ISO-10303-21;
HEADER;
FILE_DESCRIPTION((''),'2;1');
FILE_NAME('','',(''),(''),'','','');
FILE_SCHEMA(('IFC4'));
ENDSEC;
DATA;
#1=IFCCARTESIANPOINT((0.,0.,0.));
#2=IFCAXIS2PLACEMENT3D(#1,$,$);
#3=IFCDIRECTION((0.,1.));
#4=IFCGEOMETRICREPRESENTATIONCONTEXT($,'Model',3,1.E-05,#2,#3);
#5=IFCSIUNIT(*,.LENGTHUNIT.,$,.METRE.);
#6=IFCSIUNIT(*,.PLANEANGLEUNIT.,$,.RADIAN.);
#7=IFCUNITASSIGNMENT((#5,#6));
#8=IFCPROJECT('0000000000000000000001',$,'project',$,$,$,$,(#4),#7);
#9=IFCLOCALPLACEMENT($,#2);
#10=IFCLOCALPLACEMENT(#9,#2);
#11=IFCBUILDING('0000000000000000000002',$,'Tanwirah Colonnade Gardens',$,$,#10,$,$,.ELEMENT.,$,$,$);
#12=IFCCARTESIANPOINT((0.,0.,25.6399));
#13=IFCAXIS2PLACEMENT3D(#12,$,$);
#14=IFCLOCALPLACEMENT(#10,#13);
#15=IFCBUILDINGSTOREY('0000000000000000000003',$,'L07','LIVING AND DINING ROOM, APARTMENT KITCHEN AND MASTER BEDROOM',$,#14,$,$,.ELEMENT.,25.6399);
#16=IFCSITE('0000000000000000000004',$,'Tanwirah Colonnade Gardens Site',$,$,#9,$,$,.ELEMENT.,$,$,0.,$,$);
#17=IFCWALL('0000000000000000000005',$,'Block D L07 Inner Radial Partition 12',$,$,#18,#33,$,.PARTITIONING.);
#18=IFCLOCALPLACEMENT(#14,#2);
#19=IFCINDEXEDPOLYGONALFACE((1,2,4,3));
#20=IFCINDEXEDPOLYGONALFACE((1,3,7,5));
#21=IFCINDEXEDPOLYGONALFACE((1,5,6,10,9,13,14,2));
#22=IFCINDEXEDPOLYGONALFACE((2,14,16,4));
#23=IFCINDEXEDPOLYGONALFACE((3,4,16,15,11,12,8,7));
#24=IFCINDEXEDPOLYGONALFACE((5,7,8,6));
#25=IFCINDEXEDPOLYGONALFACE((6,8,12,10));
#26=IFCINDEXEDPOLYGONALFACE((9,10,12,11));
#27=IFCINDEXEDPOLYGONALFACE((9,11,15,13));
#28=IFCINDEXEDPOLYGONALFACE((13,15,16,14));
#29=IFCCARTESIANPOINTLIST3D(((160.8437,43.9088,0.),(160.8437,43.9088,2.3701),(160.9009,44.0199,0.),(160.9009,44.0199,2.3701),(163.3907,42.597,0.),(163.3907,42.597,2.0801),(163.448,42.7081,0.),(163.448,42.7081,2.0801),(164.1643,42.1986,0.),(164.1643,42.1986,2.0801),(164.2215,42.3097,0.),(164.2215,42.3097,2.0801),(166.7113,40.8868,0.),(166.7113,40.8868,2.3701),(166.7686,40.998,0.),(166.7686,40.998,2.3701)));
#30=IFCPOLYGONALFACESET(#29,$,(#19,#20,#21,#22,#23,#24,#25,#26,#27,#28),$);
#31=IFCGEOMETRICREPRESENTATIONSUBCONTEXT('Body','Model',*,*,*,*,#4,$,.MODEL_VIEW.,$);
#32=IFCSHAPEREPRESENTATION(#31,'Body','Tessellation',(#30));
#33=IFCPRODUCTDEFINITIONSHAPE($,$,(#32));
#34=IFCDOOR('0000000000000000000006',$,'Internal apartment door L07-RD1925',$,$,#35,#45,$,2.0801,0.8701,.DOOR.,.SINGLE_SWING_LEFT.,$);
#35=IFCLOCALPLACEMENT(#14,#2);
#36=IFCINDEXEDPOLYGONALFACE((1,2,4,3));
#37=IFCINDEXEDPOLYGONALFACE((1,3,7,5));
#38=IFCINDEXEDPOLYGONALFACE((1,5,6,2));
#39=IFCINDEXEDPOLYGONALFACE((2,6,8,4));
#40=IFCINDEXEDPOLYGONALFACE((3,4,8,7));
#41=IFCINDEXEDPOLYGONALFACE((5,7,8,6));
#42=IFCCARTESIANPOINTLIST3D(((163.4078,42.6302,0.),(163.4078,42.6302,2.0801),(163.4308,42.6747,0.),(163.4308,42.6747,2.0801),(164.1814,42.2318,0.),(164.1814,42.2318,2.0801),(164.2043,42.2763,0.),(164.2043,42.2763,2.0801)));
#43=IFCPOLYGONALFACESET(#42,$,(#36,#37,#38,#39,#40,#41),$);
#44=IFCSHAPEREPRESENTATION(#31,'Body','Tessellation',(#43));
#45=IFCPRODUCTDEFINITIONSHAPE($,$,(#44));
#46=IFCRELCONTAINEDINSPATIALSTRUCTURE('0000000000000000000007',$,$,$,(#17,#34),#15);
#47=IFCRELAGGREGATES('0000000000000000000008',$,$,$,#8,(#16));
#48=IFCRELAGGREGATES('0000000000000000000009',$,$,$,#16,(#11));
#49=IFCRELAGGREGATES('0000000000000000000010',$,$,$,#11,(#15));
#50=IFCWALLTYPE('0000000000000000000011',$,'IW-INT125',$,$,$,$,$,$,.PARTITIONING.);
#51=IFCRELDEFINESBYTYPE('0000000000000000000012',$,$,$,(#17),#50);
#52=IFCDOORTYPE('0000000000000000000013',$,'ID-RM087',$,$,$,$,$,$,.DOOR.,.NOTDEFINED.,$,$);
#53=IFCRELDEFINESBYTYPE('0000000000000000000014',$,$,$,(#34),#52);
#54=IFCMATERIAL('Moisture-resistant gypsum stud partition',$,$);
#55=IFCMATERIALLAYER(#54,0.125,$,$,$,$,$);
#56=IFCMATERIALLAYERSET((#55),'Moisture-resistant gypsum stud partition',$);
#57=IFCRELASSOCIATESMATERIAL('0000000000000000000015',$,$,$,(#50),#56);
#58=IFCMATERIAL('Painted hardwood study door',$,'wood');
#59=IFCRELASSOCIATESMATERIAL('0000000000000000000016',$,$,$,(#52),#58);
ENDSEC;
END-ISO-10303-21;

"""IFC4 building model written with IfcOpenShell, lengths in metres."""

from ifc_helpers import new_model, si_unit, direction, frame, frame_2d, origin, place, context, subcontext, project, spatial, rectangle, extrude, material, layer, layer_set, type_object, element, fill, save


model = new_model("IFC4")

# Units and contexts
model_context = context("Model", 3, precision=1e-05, world=origin(), true_north=direction((0.0, 1.0)))
body_context = subcontext(model_context, "Body", "Model", "MODEL_VIEW")
ifc_project = project(units=[si_unit("LENGTHUNIT", "METRE"), si_unit("PLANEANGLEUNIT", "RADIAN")], contexts=[model_context])

# Site, building, storey
site_placement = place(None, origin())
site = spatial("IfcSite", under=ifc_project, at=site_placement, Name="Tanwirah Colonnade Gardens Site", CompositionType="ELEMENT", RefElevation=0.0)
building_placement = place(site_placement, origin())
building = spatial("IfcBuilding", under=site, at=building_placement, Name="Tanwirah Colonnade Gardens", CompositionType="ELEMENT")
storey_placement = place(building_placement, frame((0.0, 0.0, 25.6399)))
storey = spatial("IfcBuildingStorey", under=building, at=storey_placement, Name="L07", Description="LIVING AND DINING ROOM, APARTMENT KITCHEN AND MASTER BEDROOM", CompositionType="ELEMENT", Elevation=25.6399)

# Wall, opening, door
ifc_material_1 = material(Name="Moisture-resistant gypsum stud partition")
ifc_layer_1 = layer(ifc_material_1, 0.125)
ifc_layer_set_1 = layer_set([ifc_layer_1], Name="Moisture-resistant gypsum stud partition")
wall_type_1 = type_object("IfcWallType", Name="IW-INT125", PredefinedType="PARTITIONING", material=ifc_layer_set_1)
wall_1_placement = place(storey_placement, frame((160.8723, 43.9644, 0.0), z_axis=(0.0, 0.0, 1.0), x_axis=(0.889022, -0.457864, 0.0)))
wall_1 = element("IfcWall", 1, at=wall_1_placement, inside=storey, type_object=wall_type_1, Name="Block D L07 Inner Radial Partition 12", PredefinedType="PARTITIONING", context=body_context, shape_type="SweptSolid", body=[
    extrude(rectangle(XDim=6.6001, YDim=0.125, at=frame_2d((3.3, 0.0))), origin(), (0.0, 0.0, 1.0), 2.3701),
])
opening_1_placement = place(wall_1_placement, frame((2.865, 0.0, 0.0)))
opening_1 = element("IfcOpeningElement", 2, at=opening_1_placement, cuts=wall_1, PredefinedType="OPENING", context=body_context, shape_type="SweptSolid", body=[
    extrude(rectangle(XDim=0.8701, YDim=2.0801, at=frame_2d((0.4351, 1.04))), frame((0.0, 0.0725, 0.0), z_axis=(0.0, -1.0, 0.0), x_axis=(1.0, 0.0, 0.0)), (0.0, 0.0, 1.0), 0.145),
])
ifc_material_2 = material(Name="Painted hardwood study door", Category="wood")
door_type_1 = type_object("IfcDoorType", Name="ID-RM087", OperationType="NOTDEFINED", PredefinedType="DOOR", material=ifc_material_2)
door_1_placement = place(opening_1_placement, origin())
door_1 = element("IfcDoor", 3, at=door_1_placement, inside=storey, type_object=door_type_1, Name="Internal apartment door L07-RD1925", OperationType="SINGLE_SWING_LEFT", OverallHeight=2.0801, OverallWidth=0.8701, PredefinedType="DOOR", context=body_context, shape_type="SweptSolid", body=[
    extrude(rectangle(XDim=0.8701, YDim=2.0801, at=frame_2d((0.4351, 1.04))), frame((0.0, 0.0249, 0.0), z_axis=(0.0, -1.0, 0.0), x_axis=(1.0, 0.0, 0.0)), (0.0, 0.0, 1.0), 0.05),
])
fill(opening_1, door_1)

save(model, "model.ifc")
